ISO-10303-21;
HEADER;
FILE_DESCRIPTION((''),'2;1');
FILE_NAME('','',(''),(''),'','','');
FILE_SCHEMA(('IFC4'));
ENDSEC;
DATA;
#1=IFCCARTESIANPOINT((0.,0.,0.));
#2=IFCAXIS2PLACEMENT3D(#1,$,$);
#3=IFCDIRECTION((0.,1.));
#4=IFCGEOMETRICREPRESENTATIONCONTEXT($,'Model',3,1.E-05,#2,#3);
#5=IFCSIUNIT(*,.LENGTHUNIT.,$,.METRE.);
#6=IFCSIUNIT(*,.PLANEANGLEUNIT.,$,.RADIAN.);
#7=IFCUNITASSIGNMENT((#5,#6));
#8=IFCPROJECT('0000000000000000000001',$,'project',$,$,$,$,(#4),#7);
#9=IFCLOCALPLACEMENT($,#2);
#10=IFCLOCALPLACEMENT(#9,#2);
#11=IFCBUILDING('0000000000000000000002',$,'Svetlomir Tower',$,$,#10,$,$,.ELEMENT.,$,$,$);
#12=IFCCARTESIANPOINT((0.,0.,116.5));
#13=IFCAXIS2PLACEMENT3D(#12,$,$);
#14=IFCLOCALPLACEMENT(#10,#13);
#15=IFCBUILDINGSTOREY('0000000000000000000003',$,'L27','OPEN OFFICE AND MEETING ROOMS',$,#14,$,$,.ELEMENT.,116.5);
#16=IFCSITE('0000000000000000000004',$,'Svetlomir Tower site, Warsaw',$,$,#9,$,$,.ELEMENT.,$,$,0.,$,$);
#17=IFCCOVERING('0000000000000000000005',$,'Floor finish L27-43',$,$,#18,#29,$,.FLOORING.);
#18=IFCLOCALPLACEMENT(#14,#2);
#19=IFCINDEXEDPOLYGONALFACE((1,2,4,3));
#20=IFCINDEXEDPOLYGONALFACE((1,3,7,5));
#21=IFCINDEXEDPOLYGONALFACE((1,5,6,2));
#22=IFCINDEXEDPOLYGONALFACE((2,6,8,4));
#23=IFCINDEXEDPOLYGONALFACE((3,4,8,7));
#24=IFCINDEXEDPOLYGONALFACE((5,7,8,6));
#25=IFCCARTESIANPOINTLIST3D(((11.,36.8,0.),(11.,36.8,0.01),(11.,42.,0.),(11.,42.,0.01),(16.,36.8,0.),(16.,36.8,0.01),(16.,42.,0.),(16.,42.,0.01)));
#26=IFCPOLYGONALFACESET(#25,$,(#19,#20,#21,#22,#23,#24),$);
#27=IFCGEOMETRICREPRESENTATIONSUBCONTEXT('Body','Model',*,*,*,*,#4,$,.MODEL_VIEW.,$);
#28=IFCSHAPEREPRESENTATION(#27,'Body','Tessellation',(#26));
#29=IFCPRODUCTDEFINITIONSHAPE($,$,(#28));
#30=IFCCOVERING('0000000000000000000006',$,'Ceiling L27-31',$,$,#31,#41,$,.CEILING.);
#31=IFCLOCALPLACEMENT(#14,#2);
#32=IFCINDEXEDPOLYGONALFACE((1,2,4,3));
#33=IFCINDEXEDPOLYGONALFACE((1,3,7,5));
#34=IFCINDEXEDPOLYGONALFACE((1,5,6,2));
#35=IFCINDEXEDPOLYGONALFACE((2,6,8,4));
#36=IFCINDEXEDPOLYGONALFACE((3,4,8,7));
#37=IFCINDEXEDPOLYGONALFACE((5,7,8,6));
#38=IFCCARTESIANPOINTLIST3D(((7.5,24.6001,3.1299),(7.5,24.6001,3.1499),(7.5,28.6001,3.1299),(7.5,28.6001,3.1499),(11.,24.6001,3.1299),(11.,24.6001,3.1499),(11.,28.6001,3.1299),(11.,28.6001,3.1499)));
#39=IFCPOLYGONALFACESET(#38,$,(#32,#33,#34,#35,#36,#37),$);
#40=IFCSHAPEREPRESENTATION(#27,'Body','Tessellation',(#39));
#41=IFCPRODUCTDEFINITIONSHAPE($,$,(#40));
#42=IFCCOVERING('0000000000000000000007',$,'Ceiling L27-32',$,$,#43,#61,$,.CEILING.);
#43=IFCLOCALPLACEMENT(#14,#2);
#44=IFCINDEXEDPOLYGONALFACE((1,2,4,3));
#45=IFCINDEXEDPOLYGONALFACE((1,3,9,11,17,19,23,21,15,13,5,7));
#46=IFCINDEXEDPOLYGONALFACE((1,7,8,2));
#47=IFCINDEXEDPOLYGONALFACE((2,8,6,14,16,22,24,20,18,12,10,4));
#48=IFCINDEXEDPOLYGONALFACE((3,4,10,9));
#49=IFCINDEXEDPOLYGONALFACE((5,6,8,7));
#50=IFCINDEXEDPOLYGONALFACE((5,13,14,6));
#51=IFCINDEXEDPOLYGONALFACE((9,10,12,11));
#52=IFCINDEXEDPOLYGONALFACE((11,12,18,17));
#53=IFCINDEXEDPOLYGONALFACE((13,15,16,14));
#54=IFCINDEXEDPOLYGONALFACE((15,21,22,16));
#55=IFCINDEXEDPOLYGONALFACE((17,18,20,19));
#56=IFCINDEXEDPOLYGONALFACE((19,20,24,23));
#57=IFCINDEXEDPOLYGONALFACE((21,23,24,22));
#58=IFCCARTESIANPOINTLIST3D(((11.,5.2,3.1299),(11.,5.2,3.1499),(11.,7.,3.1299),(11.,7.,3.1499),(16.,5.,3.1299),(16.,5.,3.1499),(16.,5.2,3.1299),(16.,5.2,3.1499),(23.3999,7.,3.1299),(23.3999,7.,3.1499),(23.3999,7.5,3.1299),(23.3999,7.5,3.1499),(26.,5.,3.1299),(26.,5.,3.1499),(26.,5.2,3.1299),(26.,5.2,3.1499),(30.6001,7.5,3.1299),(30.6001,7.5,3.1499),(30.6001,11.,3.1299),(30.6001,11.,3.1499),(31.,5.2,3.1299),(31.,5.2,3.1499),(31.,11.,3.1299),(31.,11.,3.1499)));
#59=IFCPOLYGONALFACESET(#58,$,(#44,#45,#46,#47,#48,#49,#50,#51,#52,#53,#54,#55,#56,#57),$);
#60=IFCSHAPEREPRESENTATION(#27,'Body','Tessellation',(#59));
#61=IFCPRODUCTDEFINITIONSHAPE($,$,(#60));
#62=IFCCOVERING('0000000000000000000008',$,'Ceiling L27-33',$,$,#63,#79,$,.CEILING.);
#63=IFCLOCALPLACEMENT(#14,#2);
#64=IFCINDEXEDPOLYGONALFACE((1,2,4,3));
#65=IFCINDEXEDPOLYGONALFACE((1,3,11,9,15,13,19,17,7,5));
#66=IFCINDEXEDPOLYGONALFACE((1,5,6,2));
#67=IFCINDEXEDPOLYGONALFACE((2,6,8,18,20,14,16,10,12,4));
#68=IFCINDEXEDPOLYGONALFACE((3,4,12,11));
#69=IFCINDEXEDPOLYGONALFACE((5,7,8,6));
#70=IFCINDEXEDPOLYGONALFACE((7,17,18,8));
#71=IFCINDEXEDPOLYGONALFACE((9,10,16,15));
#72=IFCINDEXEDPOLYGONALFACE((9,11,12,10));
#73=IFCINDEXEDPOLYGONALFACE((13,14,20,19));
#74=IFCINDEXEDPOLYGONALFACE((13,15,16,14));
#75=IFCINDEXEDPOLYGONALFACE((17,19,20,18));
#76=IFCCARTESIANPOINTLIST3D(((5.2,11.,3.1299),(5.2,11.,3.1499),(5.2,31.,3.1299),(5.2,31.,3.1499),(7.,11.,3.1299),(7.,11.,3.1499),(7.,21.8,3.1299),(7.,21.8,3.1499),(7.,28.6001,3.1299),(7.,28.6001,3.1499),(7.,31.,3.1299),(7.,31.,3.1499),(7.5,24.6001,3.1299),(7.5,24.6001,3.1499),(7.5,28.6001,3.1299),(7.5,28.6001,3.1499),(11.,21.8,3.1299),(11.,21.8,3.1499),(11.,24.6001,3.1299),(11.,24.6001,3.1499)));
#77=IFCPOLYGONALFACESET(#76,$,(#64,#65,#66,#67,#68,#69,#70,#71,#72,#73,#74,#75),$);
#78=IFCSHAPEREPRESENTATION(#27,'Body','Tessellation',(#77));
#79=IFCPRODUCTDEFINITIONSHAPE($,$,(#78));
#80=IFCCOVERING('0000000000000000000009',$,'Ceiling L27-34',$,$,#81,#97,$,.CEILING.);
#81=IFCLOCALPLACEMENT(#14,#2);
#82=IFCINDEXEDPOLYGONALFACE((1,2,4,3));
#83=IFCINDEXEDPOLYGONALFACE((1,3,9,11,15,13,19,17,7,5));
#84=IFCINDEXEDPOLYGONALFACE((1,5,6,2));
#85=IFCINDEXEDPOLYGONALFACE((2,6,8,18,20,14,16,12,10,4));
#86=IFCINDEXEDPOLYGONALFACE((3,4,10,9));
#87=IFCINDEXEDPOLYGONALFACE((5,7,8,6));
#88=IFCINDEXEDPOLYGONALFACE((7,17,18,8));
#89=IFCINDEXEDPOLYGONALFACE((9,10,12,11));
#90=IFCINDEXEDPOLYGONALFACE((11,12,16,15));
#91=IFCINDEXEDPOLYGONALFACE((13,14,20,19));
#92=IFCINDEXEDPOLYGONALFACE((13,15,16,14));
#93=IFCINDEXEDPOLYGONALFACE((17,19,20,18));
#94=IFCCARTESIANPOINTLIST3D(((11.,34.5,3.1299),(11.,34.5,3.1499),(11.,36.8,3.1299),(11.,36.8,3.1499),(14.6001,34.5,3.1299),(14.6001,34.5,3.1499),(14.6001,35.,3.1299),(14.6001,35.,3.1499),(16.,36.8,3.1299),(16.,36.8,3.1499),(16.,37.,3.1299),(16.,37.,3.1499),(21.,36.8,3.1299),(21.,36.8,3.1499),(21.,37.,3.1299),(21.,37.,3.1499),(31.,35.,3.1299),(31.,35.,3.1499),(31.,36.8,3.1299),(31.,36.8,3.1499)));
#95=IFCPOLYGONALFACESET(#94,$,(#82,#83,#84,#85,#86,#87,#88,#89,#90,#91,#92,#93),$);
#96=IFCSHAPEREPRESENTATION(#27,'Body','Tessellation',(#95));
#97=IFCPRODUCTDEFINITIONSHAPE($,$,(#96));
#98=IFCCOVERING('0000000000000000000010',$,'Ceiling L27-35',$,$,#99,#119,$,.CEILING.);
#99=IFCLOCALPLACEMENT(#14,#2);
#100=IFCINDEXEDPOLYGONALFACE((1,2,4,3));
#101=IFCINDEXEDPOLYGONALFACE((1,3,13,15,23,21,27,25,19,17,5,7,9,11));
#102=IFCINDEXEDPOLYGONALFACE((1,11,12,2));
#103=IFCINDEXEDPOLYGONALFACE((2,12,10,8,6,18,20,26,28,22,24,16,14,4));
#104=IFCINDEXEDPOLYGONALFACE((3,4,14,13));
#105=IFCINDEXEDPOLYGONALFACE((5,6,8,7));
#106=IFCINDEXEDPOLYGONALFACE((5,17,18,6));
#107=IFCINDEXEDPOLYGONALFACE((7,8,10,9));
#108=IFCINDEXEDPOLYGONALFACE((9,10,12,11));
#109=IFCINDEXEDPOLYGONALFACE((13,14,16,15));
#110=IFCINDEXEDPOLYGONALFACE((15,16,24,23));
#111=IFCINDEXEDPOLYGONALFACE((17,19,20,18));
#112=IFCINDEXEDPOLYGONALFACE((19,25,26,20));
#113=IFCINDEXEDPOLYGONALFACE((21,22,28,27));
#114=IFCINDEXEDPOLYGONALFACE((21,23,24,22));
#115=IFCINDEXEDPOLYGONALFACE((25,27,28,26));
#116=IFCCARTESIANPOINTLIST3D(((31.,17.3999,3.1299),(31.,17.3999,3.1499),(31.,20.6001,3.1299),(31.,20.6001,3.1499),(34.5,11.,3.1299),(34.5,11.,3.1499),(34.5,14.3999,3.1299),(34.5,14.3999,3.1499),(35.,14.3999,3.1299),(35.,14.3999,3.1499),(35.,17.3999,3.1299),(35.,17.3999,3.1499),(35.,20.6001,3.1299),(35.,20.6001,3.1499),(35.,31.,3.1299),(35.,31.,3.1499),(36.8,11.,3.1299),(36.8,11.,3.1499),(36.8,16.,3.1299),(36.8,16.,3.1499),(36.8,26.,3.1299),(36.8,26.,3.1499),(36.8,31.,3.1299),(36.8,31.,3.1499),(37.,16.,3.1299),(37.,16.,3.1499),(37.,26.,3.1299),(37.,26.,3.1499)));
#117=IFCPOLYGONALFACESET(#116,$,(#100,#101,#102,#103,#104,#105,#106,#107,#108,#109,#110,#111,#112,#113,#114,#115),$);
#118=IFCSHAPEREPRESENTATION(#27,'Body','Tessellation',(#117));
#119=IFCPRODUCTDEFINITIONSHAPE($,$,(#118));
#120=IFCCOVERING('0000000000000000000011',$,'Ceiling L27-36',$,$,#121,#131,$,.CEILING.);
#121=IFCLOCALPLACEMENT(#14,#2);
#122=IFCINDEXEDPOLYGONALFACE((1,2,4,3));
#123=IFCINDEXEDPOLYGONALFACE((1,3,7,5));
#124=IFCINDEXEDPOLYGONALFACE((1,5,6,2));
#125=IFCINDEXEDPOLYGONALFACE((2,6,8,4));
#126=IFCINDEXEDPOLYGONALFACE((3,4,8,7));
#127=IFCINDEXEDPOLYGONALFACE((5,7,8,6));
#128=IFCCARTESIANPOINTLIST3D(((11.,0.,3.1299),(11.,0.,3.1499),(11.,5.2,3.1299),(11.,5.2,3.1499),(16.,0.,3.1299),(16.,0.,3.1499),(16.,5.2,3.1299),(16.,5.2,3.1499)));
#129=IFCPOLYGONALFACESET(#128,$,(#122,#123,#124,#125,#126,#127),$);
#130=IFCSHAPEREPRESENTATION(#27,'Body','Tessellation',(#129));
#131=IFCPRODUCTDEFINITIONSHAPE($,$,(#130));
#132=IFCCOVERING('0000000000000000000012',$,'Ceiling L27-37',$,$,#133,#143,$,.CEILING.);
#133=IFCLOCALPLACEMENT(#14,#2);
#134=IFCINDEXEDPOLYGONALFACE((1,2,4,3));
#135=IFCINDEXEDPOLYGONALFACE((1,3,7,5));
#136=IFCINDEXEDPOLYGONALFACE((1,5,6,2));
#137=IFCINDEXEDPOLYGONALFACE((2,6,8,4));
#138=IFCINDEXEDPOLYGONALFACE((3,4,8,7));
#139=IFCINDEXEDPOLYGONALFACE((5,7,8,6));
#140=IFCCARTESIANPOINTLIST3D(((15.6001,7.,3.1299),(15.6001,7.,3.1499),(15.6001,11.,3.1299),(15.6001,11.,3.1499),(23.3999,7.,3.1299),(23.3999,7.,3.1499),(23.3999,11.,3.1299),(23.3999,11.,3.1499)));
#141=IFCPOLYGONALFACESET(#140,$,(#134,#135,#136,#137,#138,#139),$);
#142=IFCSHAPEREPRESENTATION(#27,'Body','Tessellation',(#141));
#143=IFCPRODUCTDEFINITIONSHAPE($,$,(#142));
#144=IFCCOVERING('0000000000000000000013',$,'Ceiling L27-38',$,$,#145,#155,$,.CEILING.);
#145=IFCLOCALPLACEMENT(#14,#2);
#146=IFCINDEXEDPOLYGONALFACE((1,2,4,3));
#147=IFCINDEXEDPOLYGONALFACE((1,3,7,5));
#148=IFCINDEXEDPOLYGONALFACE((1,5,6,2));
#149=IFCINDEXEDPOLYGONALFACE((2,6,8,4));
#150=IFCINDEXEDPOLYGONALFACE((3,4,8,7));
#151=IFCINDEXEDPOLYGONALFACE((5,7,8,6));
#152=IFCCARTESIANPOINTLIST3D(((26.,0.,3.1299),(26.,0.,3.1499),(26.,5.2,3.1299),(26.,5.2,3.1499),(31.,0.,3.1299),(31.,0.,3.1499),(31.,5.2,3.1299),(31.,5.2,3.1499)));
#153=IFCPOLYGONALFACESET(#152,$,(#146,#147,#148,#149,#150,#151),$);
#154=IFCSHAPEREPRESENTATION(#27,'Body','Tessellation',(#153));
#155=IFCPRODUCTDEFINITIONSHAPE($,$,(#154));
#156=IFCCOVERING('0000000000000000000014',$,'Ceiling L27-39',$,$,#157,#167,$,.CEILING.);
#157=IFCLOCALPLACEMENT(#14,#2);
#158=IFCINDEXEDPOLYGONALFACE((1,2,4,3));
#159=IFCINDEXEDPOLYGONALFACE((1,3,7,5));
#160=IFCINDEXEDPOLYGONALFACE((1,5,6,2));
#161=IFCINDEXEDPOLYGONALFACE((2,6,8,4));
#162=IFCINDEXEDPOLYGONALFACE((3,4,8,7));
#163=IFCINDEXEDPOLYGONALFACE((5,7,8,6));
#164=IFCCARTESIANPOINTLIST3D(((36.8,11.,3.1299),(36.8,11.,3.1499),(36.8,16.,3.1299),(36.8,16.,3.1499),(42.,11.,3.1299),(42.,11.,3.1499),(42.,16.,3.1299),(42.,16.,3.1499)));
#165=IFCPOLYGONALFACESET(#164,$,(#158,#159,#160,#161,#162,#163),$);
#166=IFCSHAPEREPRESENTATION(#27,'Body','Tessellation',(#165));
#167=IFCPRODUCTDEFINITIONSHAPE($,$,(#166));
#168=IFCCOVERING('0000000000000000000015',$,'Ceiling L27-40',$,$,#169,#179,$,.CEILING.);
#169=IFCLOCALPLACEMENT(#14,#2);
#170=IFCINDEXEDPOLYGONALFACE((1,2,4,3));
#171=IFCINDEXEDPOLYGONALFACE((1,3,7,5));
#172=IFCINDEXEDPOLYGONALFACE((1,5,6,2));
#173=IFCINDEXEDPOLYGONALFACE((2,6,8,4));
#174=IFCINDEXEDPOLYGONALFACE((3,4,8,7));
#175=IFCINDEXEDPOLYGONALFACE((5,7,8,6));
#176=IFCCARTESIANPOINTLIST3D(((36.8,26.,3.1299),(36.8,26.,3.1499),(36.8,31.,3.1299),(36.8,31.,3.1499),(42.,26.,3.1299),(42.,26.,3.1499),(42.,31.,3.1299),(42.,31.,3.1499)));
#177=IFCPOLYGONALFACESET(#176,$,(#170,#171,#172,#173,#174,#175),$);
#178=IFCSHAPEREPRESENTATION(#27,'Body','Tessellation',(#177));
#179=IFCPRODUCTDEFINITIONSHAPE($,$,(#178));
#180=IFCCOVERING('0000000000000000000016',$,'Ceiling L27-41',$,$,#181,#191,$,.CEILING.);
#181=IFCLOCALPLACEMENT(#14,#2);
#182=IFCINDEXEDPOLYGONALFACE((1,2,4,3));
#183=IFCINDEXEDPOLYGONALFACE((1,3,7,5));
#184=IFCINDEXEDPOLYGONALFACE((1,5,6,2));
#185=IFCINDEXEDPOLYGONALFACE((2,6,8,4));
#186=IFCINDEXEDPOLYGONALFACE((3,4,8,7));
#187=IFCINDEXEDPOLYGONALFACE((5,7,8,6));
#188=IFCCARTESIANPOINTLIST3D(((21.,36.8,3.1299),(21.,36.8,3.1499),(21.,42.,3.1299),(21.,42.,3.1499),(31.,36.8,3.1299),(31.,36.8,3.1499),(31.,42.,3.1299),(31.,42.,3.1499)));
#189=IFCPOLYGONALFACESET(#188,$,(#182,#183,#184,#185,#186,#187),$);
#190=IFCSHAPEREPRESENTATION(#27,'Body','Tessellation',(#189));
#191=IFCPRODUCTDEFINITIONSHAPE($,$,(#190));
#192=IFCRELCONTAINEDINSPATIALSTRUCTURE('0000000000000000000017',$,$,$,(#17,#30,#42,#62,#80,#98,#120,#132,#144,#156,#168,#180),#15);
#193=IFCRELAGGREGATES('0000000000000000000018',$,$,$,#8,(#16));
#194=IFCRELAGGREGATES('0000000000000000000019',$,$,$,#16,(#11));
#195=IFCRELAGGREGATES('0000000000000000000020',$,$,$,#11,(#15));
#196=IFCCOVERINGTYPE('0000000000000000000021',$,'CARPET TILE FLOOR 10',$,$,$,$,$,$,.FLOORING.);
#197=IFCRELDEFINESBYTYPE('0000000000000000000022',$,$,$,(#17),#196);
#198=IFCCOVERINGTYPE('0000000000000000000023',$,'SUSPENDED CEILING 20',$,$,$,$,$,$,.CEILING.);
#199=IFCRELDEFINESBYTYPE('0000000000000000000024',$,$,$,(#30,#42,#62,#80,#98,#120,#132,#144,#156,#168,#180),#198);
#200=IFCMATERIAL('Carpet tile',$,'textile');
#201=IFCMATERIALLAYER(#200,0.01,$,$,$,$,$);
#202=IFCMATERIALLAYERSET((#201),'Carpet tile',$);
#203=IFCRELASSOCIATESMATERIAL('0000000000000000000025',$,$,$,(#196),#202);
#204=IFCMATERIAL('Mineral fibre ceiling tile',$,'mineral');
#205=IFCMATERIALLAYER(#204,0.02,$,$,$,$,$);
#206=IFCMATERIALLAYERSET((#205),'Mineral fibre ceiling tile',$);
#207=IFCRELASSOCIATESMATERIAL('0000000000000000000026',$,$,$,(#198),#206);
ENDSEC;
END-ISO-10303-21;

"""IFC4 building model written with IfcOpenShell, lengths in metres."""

from ifc_helpers import new_model, si_unit, direction, frame, origin, place, context, subcontext, project, spatial, polyline, outline, extrude, material, layer, layer_set, type_object, element, save


model = new_model("IFC4")

# Units and contexts
model_context = context("Model", 3, precision=1e-05, world=origin(), true_north=direction((0.0, 1.0)))
body_context = subcontext(model_context, "Body", "Model", "MODEL_VIEW")
ifc_project = project(units=[si_unit("LENGTHUNIT", "METRE"), si_unit("PLANEANGLEUNIT", "RADIAN")], contexts=[model_context])

# Site, building, storey
site_placement = place(None, origin())
site = spatial("IfcSite", under=ifc_project, at=site_placement, Name="Svetlomir Tower site, Warsaw", CompositionType="ELEMENT", RefElevation=0.0)
building_placement = place(site_placement, origin())
building = spatial("IfcBuilding", under=site, at=building_placement, Name="Svetlomir Tower", CompositionType="ELEMENT")
storey_placement = place(building_placement, frame((0.0, 0.0, 116.5)))
storey = spatial("IfcBuildingStorey", under=building, at=storey_placement, Name="L27", Description="OPEN OFFICE AND MEETING ROOMS", CompositionType="ELEMENT", Elevation=116.5)

# Coverings
ifc_material_1 = material(Name="Carpet tile", Category="textile")
ifc_layer_1 = layer(ifc_material_1, 0.01)
ifc_layer_set_1 = layer_set([ifc_layer_1], Name="Carpet tile")
covering_type_1 = type_object("IfcCoveringType", Name="CARPET TILE FLOOR 10", PredefinedType="FLOORING", material=ifc_layer_set_1)
covering_1_placement = place(storey_placement, origin())
element("IfcCovering", 1, at=covering_1_placement, inside=storey, type_object=covering_type_1, Name="Floor finish L27-43", PredefinedType="FLOORING", context=body_context, shape_type="SweptSolid", body=[
    extrude(outline(polyline([(16.0, 42.0), (16.0, 36.8), (11.0, 36.8), (11.0, 42.0), (16.0, 42.0)])), origin(), (0.0, 0.0, 1.0), 0.01),
])
ifc_material_2 = material(Name="Mineral fibre ceiling tile", Category="mineral")
ifc_layer_2 = layer(ifc_material_2, 0.02)
ifc_layer_set_2 = layer_set([ifc_layer_2], Name="Mineral fibre ceiling tile")
covering_type_2 = type_object("IfcCoveringType", Name="SUSPENDED CEILING 20", PredefinedType="CEILING", material=ifc_layer_set_2)
covering_2_placement = place(storey_placement, frame((0.0, 0.0, 3.1299)))
element("IfcCovering", 2, at=covering_2_placement, inside=storey, type_object=covering_type_2, Name="Ceiling L27-31", PredefinedType="CEILING", context=body_context, shape_type="SweptSolid", body=[
    extrude(outline(polyline([(7.5, 24.6001), (11.0, 24.6001), (11.0, 28.6001), (7.5, 28.6001), (7.5, 24.6001)])), origin(), (0.0, 0.0, 1.0), 0.02),
])
covering_3_placement = place(storey_placement, frame((0.0, 0.0, 3.1299)))
element("IfcCovering", 3, at=covering_3_placement, inside=storey, type_object=covering_type_2, Name="Ceiling L27-32", PredefinedType="CEILING", context=body_context, shape_type="SweptSolid", body=[
    extrude(outline(polyline([(16.0, 5.0), (16.0, 5.2), (11.0, 5.2), (11.0, 7.0), (23.3999, 7.0), (23.3999, 7.5), (30.6001, 7.5), (30.6001, 11.0), (31.0, 11.0), (31.0, 5.2), (26.0, 5.2), (26.0, 5.0), (16.0, 5.0)])), origin(), (0.0, 0.0, 1.0), 0.02),
])
covering_4_placement = place(storey_placement, frame((0.0, 0.0, 3.1299)))
element("IfcCovering", 4, at=covering_4_placement, inside=storey, type_object=covering_type_2, Name="Ceiling L27-33", PredefinedType="CEILING", context=body_context, shape_type="SweptSolid", body=[
    extrude(outline(polyline([(7.0, 21.8), (7.0, 11.0), (5.2, 11.0), (5.2, 31.0), (7.0, 31.0), (7.0, 28.6001), (7.5, 28.6001), (7.5, 24.6001), (11.0, 24.6001), (11.0, 21.8), (7.0, 21.8)])), origin(), (0.0, 0.0, 1.0), 0.02),
])
covering_5_placement = place(storey_placement, frame((0.0, 0.0, 3.1299)))
element("IfcCovering", 5, at=covering_5_placement, inside=storey, type_object=covering_type_2, Name="Ceiling L27-34", PredefinedType="CEILING", context=body_context, shape_type="SweptSolid", body=[
    extrude(outline(polyline([(31.0, 35.0), (14.6001, 35.0), (14.6001, 34.5), (11.0, 34.5), (11.0, 36.8), (16.0, 36.8), (16.0, 37.0), (21.0, 37.0), (21.0, 36.8), (31.0, 36.8), (31.0, 35.0)])), origin(), (0.0, 0.0, 1.0), 0.02),
])
covering_6_placement = place(storey_placement, frame((0.0, 0.0, 3.1299)))
element("IfcCovering", 6, at=covering_6_placement, inside=storey, type_object=covering_type_2, Name="Ceiling L27-35", PredefinedType="CEILING", context=body_context, shape_type="SweptSolid", body=[
    extrude(outline(polyline([(34.5, 14.3999), (35.0, 14.3999), (35.0, 17.3999), (31.0, 17.3999), (31.0, 20.6001), (35.0, 20.6001), (35.0, 31.0), (36.8, 31.0), (36.8, 26.0), (37.0, 26.0), (37.0, 16.0), (36.8, 16.0), (36.8, 11.0), (34.5, 11.0), (34.5, 14.3999)])), origin(), (0.0, 0.0, 1.0), 0.02),
])
covering_7_placement = place(storey_placement, frame((0.0, 0.0, 3.1299)))
element("IfcCovering", 7, at=covering_7_placement, inside=storey, type_object=covering_type_2, Name="Ceiling L27-36", PredefinedType="CEILING", context=body_context, shape_type="SweptSolid", body=[
    extrude(outline(polyline([(16.0, 5.2), (16.0, 0.0), (11.0, 0.0), (11.0, 5.2), (16.0, 5.2)])), origin(), (0.0, 0.0, 1.0), 0.02),
])
covering_8_placement = place(storey_placement, frame((0.0, 0.0, 3.1299)))
element("IfcCovering", 8, at=covering_8_placement, inside=storey, type_object=covering_type_2, Name="Ceiling L27-37", PredefinedType="CEILING", context=body_context, shape_type="SweptSolid", body=[
    extrude(outline(polyline([(23.3999, 11.0), (23.3999, 7.0), (15.6001, 7.0), (15.6001, 11.0), (23.3999, 11.0)])), origin(), (0.0, 0.0, 1.0), 0.02),
])
covering_9_placement = place(storey_placement, frame((0.0, 0.0, 3.1299)))
element("IfcCovering", 9, at=covering_9_placement, inside=storey, type_object=covering_type_2, Name="Ceiling L27-38", PredefinedType="CEILING", context=body_context, shape_type="SweptSolid", body=[
    extrude(outline(polyline([(26.0, 0.0), (26.0, 5.2), (31.0, 5.2), (31.0, 0.0), (26.0, 0.0)])), origin(), (0.0, 0.0, 1.0), 0.02),
])
covering_10_placement = place(storey_placement, frame((0.0, 0.0, 3.1299)))
element("IfcCovering", 10, at=covering_10_placement, inside=storey, type_object=covering_type_2, Name="Ceiling L27-39", PredefinedType="CEILING", context=body_context, shape_type="SweptSolid", body=[
    extrude(outline(polyline([(36.8, 16.0), (42.0, 16.0), (42.0, 11.0), (36.8, 11.0), (36.8, 16.0)])), origin(), (0.0, 0.0, 1.0), 0.02),
])
covering_11_placement = place(storey_placement, frame((0.0, 0.0, 3.1299)))
element("IfcCovering", 11, at=covering_11_placement, inside=storey, type_object=covering_type_2, Name="Ceiling L27-40", PredefinedType="CEILING", context=body_context, shape_type="SweptSolid", body=[
    extrude(outline(polyline([(42.0, 26.0), (36.8, 26.0), (36.8, 31.0), (42.0, 31.0), (42.0, 26.0)])), origin(), (0.0, 0.0, 1.0), 0.02),
])
covering_12_placement = place(storey_placement, frame((0.0, 0.0, 3.1299)))
element("IfcCovering", 12, at=covering_12_placement, inside=storey, type_object=covering_type_2, Name="Ceiling L27-41", PredefinedType="CEILING", context=body_context, shape_type="SweptSolid", body=[
    extrude(outline(polyline([(21.0, 36.8), (21.0, 42.0), (31.0, 42.0), (31.0, 36.8), (21.0, 36.8)])), origin(), (0.0, 0.0, 1.0), 0.02),
])

save(model, "model.ifc")
